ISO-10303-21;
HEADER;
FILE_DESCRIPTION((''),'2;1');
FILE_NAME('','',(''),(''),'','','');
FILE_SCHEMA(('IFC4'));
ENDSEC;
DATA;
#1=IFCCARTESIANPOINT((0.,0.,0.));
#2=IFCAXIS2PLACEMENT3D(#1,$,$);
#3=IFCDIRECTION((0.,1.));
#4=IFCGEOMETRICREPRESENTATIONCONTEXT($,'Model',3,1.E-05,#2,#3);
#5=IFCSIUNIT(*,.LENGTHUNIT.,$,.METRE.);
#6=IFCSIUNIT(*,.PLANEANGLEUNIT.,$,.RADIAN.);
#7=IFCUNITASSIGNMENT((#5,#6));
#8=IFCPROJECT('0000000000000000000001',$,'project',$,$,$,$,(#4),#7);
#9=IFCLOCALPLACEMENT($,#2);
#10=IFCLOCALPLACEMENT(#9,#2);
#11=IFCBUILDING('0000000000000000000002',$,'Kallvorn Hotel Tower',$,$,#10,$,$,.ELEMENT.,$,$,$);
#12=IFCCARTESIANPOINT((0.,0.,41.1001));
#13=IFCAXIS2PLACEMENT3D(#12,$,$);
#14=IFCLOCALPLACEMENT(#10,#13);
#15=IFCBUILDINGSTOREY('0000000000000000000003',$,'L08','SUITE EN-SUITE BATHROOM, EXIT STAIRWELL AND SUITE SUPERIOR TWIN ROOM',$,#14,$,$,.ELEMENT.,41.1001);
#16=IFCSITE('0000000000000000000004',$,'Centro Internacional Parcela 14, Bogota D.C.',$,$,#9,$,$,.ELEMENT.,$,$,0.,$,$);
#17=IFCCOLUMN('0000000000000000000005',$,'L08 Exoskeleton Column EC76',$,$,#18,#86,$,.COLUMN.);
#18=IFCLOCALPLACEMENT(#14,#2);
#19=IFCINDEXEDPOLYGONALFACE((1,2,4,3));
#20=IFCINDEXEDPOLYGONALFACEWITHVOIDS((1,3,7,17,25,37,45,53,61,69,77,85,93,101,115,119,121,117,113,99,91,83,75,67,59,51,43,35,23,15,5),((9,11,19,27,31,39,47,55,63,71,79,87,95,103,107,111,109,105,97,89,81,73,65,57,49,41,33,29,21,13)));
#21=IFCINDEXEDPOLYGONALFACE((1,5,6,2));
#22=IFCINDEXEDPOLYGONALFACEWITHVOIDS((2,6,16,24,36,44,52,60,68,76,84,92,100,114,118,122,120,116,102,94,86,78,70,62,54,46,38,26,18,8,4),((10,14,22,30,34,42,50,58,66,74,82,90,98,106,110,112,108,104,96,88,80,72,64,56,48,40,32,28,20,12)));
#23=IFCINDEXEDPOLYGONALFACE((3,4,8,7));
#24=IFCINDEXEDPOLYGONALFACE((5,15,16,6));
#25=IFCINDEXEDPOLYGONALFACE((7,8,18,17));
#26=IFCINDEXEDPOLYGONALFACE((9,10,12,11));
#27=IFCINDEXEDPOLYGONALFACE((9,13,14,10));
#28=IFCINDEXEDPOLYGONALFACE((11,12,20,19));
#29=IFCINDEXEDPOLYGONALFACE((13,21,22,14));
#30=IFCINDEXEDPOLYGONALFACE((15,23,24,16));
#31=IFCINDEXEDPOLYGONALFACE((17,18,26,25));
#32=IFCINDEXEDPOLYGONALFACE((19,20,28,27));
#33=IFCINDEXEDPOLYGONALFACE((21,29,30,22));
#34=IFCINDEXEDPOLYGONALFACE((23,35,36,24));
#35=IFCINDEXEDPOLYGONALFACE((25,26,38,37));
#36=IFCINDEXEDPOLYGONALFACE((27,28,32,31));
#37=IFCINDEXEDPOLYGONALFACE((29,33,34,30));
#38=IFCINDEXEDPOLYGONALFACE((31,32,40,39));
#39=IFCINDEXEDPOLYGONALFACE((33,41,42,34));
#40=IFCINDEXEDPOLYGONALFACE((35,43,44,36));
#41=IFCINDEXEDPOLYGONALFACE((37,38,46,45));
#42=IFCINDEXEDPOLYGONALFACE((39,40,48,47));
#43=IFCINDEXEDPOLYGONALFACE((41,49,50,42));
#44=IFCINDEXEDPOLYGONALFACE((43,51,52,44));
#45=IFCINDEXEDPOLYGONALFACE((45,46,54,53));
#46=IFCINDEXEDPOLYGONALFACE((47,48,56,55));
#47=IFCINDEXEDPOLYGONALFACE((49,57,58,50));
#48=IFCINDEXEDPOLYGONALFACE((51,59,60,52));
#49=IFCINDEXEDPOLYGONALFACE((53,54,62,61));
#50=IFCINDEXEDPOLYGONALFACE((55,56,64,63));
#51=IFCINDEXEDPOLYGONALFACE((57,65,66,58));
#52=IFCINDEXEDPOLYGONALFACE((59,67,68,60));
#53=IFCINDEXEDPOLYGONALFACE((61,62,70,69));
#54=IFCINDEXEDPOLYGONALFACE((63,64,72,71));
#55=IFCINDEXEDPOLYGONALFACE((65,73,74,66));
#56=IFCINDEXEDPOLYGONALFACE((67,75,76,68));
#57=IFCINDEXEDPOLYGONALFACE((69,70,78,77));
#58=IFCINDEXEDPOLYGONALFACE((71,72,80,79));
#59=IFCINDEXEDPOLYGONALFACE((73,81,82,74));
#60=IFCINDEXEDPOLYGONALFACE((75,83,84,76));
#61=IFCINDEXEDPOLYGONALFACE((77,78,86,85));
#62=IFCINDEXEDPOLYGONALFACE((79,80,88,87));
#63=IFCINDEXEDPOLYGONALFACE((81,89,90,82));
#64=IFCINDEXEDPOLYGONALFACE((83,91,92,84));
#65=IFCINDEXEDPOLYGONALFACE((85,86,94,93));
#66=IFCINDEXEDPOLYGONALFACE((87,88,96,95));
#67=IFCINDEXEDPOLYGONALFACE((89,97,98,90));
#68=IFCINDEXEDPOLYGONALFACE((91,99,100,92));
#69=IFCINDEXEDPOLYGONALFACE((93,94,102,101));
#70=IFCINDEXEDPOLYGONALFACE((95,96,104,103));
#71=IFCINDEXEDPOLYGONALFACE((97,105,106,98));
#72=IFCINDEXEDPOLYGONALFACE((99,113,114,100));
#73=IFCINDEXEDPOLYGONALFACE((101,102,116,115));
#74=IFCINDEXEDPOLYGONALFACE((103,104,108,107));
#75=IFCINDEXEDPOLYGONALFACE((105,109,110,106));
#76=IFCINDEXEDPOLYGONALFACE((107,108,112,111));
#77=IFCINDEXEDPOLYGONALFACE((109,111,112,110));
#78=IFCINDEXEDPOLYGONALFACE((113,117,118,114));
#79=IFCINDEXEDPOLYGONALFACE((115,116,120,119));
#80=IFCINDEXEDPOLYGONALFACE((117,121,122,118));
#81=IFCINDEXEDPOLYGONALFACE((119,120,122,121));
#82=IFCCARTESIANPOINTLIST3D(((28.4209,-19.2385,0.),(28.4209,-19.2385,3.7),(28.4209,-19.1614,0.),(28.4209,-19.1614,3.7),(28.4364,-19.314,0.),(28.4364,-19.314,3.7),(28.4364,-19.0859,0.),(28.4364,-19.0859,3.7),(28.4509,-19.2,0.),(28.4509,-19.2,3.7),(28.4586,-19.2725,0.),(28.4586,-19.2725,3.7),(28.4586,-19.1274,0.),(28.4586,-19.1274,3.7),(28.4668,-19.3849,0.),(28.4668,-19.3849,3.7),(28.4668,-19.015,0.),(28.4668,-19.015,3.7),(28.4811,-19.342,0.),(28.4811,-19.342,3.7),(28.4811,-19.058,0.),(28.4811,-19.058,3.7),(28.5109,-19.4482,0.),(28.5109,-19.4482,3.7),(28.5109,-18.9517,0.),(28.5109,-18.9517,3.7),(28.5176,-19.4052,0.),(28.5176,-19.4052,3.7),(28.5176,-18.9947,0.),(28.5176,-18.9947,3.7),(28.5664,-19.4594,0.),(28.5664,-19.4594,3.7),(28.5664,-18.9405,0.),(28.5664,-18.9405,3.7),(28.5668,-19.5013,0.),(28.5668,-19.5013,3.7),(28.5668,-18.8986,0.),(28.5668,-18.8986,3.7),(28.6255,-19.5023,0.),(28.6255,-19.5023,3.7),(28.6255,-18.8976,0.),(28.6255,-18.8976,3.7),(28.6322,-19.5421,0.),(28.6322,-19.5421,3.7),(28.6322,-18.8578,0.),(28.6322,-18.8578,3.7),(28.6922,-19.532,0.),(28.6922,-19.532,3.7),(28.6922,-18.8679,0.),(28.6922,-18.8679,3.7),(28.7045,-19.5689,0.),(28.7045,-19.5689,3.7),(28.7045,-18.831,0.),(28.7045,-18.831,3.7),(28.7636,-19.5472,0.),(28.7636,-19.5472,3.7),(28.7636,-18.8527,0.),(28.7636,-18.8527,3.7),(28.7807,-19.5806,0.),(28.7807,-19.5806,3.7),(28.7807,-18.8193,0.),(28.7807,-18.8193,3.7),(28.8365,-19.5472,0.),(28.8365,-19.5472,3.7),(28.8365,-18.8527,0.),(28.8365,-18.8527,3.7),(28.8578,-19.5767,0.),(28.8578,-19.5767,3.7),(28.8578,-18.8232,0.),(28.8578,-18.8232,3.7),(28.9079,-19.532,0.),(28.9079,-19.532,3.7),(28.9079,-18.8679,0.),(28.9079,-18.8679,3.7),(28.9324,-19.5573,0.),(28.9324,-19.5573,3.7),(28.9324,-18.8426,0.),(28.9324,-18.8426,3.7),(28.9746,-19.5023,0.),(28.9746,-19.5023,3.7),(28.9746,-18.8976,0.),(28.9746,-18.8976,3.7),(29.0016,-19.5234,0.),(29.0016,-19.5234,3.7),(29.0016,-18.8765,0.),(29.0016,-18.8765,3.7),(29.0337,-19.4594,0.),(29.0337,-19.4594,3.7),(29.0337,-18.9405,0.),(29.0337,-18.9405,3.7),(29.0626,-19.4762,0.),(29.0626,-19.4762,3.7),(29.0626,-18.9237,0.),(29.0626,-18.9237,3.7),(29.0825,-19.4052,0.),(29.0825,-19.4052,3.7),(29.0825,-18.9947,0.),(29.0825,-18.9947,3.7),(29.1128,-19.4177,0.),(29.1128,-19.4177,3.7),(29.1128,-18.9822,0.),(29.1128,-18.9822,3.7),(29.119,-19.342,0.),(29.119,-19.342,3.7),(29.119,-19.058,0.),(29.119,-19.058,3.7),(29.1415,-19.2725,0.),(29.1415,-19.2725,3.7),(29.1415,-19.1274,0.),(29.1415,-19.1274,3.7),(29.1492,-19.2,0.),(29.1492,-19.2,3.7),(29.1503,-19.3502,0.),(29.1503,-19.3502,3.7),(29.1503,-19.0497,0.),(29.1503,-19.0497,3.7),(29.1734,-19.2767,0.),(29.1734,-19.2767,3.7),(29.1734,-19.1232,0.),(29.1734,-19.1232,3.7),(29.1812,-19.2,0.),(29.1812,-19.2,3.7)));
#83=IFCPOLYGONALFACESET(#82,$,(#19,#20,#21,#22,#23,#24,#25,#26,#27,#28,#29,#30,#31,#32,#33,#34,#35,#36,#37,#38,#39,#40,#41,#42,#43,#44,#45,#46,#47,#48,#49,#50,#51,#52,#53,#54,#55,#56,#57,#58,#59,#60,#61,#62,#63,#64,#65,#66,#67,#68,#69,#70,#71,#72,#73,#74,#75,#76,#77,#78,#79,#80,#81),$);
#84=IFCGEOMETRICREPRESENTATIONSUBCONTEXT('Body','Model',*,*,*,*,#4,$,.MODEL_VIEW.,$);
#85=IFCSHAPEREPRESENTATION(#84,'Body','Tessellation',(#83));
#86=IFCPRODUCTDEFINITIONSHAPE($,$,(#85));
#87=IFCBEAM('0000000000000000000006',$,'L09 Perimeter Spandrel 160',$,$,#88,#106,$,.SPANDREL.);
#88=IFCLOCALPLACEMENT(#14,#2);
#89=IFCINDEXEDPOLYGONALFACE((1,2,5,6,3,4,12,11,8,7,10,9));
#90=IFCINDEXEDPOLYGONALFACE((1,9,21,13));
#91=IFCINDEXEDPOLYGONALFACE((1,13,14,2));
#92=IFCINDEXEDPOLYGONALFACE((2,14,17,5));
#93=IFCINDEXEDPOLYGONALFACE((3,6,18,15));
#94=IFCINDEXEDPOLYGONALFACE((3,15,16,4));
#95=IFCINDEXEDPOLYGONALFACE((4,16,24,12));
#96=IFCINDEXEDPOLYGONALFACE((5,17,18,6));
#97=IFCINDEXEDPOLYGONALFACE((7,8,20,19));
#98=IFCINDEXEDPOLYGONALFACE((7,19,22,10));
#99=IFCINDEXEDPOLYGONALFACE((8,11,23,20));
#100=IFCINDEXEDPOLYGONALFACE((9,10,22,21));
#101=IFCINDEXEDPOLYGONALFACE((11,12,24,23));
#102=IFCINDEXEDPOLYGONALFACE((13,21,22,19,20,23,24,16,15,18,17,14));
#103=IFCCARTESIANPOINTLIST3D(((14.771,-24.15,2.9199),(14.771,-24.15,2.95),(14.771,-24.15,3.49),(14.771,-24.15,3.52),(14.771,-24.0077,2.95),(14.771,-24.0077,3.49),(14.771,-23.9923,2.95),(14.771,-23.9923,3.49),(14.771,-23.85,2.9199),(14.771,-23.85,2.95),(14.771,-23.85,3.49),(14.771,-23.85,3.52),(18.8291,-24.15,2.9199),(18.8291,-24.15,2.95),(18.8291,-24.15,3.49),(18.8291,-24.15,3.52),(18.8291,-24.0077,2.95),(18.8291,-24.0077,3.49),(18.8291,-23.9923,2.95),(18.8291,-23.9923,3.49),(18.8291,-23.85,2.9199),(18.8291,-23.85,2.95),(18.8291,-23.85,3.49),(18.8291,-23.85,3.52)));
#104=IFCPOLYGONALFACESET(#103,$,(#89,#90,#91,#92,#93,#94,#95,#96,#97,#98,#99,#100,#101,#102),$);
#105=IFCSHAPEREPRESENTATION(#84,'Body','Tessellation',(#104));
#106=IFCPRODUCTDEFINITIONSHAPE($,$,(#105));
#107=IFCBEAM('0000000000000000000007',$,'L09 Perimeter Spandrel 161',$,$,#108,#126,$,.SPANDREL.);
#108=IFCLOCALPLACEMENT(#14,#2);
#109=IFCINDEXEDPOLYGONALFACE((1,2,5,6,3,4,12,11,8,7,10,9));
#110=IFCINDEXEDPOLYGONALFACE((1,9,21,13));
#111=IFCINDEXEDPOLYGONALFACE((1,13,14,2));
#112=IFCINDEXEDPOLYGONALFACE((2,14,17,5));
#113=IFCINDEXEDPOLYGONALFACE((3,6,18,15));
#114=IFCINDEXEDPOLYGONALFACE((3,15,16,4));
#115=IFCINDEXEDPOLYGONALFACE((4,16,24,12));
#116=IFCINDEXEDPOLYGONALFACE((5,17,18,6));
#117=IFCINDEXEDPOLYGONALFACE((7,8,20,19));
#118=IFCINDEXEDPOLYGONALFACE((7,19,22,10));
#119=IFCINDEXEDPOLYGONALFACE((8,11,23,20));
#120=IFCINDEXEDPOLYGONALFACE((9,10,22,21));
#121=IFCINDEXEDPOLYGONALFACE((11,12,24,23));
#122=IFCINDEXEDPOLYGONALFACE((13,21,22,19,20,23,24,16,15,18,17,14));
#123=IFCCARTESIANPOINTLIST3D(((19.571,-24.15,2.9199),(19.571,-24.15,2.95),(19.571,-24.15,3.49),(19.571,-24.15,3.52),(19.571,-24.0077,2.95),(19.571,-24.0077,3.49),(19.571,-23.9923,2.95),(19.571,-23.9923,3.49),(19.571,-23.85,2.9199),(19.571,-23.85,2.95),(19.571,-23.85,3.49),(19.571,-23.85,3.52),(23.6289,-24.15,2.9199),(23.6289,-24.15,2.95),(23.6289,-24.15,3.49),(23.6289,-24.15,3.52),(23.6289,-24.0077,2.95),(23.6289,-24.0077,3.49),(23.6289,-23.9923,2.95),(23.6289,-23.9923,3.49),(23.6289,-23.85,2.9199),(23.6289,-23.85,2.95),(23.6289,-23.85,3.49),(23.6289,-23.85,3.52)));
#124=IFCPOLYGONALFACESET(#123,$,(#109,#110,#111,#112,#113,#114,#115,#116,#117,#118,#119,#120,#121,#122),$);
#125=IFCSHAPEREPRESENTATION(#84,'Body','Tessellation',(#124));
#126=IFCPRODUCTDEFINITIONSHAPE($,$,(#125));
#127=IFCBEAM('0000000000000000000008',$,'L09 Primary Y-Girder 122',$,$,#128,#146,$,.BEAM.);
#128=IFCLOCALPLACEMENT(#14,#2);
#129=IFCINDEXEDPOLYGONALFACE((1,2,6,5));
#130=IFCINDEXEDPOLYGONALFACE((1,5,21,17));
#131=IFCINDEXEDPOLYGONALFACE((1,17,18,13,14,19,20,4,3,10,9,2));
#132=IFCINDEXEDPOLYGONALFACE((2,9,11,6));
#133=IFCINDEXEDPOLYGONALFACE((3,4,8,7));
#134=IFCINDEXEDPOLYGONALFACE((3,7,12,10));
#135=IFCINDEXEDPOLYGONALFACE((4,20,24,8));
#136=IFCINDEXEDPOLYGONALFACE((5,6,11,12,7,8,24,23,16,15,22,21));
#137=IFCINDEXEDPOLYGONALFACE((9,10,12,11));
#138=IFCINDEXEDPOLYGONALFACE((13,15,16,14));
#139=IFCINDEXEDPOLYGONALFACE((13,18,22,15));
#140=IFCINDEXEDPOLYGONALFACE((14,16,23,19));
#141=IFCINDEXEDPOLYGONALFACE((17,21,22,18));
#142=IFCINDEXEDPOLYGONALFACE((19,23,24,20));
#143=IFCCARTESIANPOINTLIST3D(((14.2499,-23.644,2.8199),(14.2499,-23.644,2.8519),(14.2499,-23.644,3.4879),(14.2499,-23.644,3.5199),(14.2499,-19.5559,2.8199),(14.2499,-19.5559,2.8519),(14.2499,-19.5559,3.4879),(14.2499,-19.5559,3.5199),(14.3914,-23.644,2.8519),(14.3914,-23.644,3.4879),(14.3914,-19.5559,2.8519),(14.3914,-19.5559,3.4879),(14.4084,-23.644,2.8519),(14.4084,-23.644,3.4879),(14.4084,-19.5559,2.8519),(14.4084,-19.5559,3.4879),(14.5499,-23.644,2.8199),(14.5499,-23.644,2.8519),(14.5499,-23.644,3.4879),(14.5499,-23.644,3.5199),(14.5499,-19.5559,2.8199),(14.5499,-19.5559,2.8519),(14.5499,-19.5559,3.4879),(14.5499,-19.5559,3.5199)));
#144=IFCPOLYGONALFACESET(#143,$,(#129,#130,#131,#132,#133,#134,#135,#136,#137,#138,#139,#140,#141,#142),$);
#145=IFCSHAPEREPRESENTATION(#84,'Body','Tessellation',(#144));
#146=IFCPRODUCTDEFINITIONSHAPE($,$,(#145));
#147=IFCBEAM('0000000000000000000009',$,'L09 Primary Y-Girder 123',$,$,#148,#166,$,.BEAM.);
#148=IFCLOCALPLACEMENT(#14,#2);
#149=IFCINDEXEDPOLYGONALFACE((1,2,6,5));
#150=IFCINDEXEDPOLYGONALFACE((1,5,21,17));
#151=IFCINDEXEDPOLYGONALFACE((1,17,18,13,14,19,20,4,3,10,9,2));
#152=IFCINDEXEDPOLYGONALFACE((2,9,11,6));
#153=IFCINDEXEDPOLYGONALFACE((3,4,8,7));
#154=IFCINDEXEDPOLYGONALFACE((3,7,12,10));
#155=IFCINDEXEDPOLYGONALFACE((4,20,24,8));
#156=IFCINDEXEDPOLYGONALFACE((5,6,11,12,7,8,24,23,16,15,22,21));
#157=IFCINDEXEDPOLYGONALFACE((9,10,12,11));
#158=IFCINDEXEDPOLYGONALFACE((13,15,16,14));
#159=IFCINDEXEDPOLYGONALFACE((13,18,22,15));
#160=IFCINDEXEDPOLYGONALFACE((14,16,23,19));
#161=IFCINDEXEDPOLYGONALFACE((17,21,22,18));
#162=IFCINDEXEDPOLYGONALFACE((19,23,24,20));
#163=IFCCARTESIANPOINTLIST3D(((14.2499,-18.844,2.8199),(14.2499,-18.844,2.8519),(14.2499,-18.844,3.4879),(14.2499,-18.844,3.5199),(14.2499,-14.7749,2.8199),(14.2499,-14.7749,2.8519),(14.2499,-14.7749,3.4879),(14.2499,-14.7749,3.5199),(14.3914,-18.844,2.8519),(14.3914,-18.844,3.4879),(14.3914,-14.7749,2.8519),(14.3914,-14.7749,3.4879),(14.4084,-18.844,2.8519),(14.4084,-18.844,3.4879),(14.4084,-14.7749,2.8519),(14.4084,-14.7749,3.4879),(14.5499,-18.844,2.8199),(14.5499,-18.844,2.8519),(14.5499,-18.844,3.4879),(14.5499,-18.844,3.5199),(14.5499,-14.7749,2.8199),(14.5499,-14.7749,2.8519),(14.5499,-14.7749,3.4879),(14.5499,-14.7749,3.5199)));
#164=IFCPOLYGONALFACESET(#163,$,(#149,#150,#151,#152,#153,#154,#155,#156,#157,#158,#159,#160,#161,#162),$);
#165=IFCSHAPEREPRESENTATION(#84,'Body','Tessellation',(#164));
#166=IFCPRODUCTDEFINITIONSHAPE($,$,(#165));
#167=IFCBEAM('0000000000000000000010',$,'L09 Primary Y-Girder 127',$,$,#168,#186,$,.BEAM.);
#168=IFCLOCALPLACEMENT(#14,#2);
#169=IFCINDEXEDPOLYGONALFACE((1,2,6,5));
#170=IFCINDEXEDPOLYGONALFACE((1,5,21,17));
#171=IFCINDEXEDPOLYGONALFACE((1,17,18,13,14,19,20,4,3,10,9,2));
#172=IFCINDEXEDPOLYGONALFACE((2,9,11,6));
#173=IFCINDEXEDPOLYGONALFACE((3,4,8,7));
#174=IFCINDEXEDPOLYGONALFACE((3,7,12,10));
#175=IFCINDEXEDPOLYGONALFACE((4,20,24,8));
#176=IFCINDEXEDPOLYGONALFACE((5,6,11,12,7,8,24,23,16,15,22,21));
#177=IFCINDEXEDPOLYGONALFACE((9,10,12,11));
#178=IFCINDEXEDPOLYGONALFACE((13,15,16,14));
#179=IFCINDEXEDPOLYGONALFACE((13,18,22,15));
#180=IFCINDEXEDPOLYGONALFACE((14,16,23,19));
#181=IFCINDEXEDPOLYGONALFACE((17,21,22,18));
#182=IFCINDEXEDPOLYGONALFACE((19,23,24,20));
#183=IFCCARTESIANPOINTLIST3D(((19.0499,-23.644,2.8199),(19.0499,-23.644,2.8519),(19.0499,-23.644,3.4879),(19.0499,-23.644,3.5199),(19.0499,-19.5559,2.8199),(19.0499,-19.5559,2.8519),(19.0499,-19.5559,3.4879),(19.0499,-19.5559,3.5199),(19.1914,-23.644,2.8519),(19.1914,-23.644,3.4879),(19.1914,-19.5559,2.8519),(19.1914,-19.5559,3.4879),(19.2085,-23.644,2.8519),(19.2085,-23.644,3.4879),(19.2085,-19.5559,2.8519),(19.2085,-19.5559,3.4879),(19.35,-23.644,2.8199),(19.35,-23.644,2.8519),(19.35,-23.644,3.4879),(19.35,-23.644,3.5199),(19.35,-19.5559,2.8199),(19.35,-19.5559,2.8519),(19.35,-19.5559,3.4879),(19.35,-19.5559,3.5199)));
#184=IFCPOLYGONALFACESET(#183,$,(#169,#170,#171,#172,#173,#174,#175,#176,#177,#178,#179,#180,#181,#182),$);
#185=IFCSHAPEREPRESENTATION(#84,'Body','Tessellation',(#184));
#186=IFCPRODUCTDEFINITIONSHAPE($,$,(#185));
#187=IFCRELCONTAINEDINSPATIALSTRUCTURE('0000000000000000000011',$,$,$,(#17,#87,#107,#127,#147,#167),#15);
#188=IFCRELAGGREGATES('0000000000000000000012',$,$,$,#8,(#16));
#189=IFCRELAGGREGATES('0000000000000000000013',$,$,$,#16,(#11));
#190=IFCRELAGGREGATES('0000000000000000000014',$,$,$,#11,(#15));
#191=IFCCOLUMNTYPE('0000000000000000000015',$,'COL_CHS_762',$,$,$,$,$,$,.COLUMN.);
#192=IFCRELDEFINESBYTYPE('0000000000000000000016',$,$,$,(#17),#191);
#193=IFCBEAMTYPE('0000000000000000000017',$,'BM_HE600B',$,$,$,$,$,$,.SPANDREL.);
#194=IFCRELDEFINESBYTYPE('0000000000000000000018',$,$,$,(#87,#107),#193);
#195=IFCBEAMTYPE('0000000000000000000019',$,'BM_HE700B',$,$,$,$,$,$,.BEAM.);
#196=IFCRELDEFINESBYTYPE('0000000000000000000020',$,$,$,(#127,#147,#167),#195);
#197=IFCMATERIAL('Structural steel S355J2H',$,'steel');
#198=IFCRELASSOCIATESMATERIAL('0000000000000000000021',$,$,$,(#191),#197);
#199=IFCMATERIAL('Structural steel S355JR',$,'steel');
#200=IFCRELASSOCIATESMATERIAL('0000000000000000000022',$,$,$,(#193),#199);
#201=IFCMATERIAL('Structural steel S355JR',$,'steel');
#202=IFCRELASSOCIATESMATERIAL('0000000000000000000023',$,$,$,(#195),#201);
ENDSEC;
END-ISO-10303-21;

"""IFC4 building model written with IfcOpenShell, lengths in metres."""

from ifc_helpers import new_model, si_unit, direction, frame, origin, origin_2d, place, context, subcontext, project, spatial, hollow_circle, i_section, extrude, material, material_profile, profile_set, type_object, element, save


model = new_model("IFC4")

# Units and contexts
model_context = context("Model", 3, precision=1e-05, world=origin(), true_north=direction((0.0, 1.0)))
body_context = subcontext(model_context, "Body", "Model", "MODEL_VIEW")
ifc_project = project(units=[si_unit("LENGTHUNIT", "METRE"), si_unit("PLANEANGLEUNIT", "RADIAN")], contexts=[model_context])

# Site, building, storey
site_placement = place(None, origin())
site = spatial("IfcSite", under=ifc_project, at=site_placement, Name="Centro Internacional Parcela 14, Bogota D.C.", CompositionType="ELEMENT", RefElevation=0.0)
building_placement = place(site_placement, origin())
building = spatial("IfcBuilding", under=site, at=building_placement, Name="Kallvorn Hotel Tower", CompositionType="ELEMENT")
storey_placement = place(building_placement, frame((0.0, 0.0, 41.1001)))
storey = spatial("IfcBuildingStorey", under=building, at=storey_placement, Name="L08", Description="SUITE EN-SUITE BATHROOM, EXIT STAIRWELL AND SUITE SUPERIOR TWIN ROOM", CompositionType="ELEMENT", Elevation=41.1001)

# Column
ifc_material_1 = material(Name="Structural steel S355J2H", Category="steel")
ifc_material_profile_1 = material_profile(ifc_material_1, hollow_circle(Radius=0.3811, WallThickness=0.032, at=origin_2d()), Name="CHS 762x32")
ifc_profile_set_1 = profile_set([ifc_material_profile_1], Name="Structural steel S355J2H")
column_type = type_object("IfcColumnType", Name="COL_CHS_762", PredefinedType="COLUMN", material=ifc_profile_set_1)
for number, where, z_axis, x_axis, name in (
    (1, (28.8, -19.2, 0.0), (0.0, 0.0, 1.0), (1.0, 0.0, 0.0), "L08 Exoskeleton Column EC76"),
):
    element("IfcColumn", number, at=place(storey_placement, frame(where, z_axis=z_axis, x_axis=x_axis)), inside=storey, type_object=column_type, Name=name, PredefinedType="COLUMN", context=body_context, shape_type="SweptSolid", body=[
        extrude(hollow_circle(Radius=0.3811, WallThickness=0.032, at=origin_2d()), origin(), (0.0, 0.0, 1.0), 3.7),
    ])

# Beams
ifc_material_2 = material(Name="Structural steel S355JR", Category="steel")
ifc_material_profile_2 = material_profile(ifc_material_2, i_section(OverallWidth=0.3, OverallDepth=0.6001, WebThickness=0.0154, FlangeThickness=0.03, at=origin_2d()), Name="HE 600 B")
ifc_profile_set_2 = profile_set([ifc_material_profile_2], Name="Structural steel S355JR")
beam_type_1 = type_object("IfcBeamType", Name="BM_HE600B", PredefinedType="SPANDREL", material=ifc_profile_set_2)
beam_1_placement = place(storey_placement, frame((14.771, -24.0, 3.22), z_axis=(1.0, 0.0, 0.0), x_axis=(0.0, 1.0, 0.0)))
element("IfcBeam", 2, at=beam_1_placement, inside=storey, type_object=beam_type_1, Name="L09 Perimeter Spandrel 160", PredefinedType="SPANDREL", context=body_context, shape_type="SweptSolid", body=[
    extrude(i_section(OverallWidth=0.3, OverallDepth=0.6001, WebThickness=0.0154, FlangeThickness=0.03, at=origin_2d()), origin(), (0.0, 0.0, 1.0), 4.0581),
])
beam_2_placement = place(storey_placement, frame((19.571, -24.0, 3.22), z_axis=(1.0, 0.0, 0.0), x_axis=(0.0, 1.0, 0.0)))
element("IfcBeam", 3, at=beam_2_placement, inside=storey, type_object=beam_type_1, Name="L09 Perimeter Spandrel 161", PredefinedType="SPANDREL", context=body_context, shape_type="SweptSolid", body=[
    extrude(i_section(OverallWidth=0.3, OverallDepth=0.6001, WebThickness=0.0154, FlangeThickness=0.03, at=origin_2d()), origin(), (0.0, 0.0, 1.0), 4.0579),
])
ifc_material_3 = material(Name="Structural steel S355JR", Category="steel")
ifc_material_profile_3 = material_profile(ifc_material_3, i_section(OverallWidth=0.3, OverallDepth=0.7, WebThickness=0.0171, FlangeThickness=0.032, at=origin_2d()), Name="HE 700 B")
ifc_profile_set_3 = profile_set([ifc_material_profile_3], Name="Structural steel S355JR")
beam_type_2 = type_object("IfcBeamType", Name="BM_HE700B", PredefinedType="BEAM", material=ifc_profile_set_3)
beam_3_placement = place(storey_placement, frame((14.3999, -23.644, 3.1699), z_axis=(0.0, 1.0, 0.0), x_axis=(-1.0, 0.0, 0.0)))
element("IfcBeam", 4, at=beam_3_placement, inside=storey, type_object=beam_type_2, Name="L09 Primary Y-Girder 122", PredefinedType="BEAM", context=body_context, shape_type="SweptSolid", body=[
    extrude(i_section(OverallWidth=0.3, OverallDepth=0.7, WebThickness=0.0171, FlangeThickness=0.032, at=origin_2d()), origin(), (0.0, 0.0, 1.0), 4.0881),
])
beam_4_placement = place(storey_placement, frame((14.3999, -18.844, 3.1699), z_axis=(0.0, 1.0, 0.0), x_axis=(-1.0, 0.0, 0.0)))
element("IfcBeam", 5, at=beam_4_placement, inside=storey, type_object=beam_type_2, Name="L09 Primary Y-Girder 123", PredefinedType="BEAM", context=body_context, shape_type="SweptSolid", body=[
    extrude(i_section(OverallWidth=0.3, OverallDepth=0.7, WebThickness=0.0171, FlangeThickness=0.032, at=origin_2d()), origin(), (0.0, 0.0, 1.0), 4.0691),
])
beam_5_placement = place(storey_placement, frame((19.2, -23.644, 3.1699), z_axis=(0.0, 1.0, 0.0), x_axis=(-1.0, 0.0, 0.0)))
element("IfcBeam", 6, at=beam_5_placement, inside=storey, type_object=beam_type_2, Name="L09 Primary Y-Girder 127", PredefinedType="BEAM", context=body_context, shape_type="SweptSolid", body=[
    extrude(i_section(OverallWidth=0.3, OverallDepth=0.7, WebThickness=0.0171, FlangeThickness=0.032, at=origin_2d()), origin(), (0.0, 0.0, 1.0), 4.0881),
])

save(model, "model.ifc")
